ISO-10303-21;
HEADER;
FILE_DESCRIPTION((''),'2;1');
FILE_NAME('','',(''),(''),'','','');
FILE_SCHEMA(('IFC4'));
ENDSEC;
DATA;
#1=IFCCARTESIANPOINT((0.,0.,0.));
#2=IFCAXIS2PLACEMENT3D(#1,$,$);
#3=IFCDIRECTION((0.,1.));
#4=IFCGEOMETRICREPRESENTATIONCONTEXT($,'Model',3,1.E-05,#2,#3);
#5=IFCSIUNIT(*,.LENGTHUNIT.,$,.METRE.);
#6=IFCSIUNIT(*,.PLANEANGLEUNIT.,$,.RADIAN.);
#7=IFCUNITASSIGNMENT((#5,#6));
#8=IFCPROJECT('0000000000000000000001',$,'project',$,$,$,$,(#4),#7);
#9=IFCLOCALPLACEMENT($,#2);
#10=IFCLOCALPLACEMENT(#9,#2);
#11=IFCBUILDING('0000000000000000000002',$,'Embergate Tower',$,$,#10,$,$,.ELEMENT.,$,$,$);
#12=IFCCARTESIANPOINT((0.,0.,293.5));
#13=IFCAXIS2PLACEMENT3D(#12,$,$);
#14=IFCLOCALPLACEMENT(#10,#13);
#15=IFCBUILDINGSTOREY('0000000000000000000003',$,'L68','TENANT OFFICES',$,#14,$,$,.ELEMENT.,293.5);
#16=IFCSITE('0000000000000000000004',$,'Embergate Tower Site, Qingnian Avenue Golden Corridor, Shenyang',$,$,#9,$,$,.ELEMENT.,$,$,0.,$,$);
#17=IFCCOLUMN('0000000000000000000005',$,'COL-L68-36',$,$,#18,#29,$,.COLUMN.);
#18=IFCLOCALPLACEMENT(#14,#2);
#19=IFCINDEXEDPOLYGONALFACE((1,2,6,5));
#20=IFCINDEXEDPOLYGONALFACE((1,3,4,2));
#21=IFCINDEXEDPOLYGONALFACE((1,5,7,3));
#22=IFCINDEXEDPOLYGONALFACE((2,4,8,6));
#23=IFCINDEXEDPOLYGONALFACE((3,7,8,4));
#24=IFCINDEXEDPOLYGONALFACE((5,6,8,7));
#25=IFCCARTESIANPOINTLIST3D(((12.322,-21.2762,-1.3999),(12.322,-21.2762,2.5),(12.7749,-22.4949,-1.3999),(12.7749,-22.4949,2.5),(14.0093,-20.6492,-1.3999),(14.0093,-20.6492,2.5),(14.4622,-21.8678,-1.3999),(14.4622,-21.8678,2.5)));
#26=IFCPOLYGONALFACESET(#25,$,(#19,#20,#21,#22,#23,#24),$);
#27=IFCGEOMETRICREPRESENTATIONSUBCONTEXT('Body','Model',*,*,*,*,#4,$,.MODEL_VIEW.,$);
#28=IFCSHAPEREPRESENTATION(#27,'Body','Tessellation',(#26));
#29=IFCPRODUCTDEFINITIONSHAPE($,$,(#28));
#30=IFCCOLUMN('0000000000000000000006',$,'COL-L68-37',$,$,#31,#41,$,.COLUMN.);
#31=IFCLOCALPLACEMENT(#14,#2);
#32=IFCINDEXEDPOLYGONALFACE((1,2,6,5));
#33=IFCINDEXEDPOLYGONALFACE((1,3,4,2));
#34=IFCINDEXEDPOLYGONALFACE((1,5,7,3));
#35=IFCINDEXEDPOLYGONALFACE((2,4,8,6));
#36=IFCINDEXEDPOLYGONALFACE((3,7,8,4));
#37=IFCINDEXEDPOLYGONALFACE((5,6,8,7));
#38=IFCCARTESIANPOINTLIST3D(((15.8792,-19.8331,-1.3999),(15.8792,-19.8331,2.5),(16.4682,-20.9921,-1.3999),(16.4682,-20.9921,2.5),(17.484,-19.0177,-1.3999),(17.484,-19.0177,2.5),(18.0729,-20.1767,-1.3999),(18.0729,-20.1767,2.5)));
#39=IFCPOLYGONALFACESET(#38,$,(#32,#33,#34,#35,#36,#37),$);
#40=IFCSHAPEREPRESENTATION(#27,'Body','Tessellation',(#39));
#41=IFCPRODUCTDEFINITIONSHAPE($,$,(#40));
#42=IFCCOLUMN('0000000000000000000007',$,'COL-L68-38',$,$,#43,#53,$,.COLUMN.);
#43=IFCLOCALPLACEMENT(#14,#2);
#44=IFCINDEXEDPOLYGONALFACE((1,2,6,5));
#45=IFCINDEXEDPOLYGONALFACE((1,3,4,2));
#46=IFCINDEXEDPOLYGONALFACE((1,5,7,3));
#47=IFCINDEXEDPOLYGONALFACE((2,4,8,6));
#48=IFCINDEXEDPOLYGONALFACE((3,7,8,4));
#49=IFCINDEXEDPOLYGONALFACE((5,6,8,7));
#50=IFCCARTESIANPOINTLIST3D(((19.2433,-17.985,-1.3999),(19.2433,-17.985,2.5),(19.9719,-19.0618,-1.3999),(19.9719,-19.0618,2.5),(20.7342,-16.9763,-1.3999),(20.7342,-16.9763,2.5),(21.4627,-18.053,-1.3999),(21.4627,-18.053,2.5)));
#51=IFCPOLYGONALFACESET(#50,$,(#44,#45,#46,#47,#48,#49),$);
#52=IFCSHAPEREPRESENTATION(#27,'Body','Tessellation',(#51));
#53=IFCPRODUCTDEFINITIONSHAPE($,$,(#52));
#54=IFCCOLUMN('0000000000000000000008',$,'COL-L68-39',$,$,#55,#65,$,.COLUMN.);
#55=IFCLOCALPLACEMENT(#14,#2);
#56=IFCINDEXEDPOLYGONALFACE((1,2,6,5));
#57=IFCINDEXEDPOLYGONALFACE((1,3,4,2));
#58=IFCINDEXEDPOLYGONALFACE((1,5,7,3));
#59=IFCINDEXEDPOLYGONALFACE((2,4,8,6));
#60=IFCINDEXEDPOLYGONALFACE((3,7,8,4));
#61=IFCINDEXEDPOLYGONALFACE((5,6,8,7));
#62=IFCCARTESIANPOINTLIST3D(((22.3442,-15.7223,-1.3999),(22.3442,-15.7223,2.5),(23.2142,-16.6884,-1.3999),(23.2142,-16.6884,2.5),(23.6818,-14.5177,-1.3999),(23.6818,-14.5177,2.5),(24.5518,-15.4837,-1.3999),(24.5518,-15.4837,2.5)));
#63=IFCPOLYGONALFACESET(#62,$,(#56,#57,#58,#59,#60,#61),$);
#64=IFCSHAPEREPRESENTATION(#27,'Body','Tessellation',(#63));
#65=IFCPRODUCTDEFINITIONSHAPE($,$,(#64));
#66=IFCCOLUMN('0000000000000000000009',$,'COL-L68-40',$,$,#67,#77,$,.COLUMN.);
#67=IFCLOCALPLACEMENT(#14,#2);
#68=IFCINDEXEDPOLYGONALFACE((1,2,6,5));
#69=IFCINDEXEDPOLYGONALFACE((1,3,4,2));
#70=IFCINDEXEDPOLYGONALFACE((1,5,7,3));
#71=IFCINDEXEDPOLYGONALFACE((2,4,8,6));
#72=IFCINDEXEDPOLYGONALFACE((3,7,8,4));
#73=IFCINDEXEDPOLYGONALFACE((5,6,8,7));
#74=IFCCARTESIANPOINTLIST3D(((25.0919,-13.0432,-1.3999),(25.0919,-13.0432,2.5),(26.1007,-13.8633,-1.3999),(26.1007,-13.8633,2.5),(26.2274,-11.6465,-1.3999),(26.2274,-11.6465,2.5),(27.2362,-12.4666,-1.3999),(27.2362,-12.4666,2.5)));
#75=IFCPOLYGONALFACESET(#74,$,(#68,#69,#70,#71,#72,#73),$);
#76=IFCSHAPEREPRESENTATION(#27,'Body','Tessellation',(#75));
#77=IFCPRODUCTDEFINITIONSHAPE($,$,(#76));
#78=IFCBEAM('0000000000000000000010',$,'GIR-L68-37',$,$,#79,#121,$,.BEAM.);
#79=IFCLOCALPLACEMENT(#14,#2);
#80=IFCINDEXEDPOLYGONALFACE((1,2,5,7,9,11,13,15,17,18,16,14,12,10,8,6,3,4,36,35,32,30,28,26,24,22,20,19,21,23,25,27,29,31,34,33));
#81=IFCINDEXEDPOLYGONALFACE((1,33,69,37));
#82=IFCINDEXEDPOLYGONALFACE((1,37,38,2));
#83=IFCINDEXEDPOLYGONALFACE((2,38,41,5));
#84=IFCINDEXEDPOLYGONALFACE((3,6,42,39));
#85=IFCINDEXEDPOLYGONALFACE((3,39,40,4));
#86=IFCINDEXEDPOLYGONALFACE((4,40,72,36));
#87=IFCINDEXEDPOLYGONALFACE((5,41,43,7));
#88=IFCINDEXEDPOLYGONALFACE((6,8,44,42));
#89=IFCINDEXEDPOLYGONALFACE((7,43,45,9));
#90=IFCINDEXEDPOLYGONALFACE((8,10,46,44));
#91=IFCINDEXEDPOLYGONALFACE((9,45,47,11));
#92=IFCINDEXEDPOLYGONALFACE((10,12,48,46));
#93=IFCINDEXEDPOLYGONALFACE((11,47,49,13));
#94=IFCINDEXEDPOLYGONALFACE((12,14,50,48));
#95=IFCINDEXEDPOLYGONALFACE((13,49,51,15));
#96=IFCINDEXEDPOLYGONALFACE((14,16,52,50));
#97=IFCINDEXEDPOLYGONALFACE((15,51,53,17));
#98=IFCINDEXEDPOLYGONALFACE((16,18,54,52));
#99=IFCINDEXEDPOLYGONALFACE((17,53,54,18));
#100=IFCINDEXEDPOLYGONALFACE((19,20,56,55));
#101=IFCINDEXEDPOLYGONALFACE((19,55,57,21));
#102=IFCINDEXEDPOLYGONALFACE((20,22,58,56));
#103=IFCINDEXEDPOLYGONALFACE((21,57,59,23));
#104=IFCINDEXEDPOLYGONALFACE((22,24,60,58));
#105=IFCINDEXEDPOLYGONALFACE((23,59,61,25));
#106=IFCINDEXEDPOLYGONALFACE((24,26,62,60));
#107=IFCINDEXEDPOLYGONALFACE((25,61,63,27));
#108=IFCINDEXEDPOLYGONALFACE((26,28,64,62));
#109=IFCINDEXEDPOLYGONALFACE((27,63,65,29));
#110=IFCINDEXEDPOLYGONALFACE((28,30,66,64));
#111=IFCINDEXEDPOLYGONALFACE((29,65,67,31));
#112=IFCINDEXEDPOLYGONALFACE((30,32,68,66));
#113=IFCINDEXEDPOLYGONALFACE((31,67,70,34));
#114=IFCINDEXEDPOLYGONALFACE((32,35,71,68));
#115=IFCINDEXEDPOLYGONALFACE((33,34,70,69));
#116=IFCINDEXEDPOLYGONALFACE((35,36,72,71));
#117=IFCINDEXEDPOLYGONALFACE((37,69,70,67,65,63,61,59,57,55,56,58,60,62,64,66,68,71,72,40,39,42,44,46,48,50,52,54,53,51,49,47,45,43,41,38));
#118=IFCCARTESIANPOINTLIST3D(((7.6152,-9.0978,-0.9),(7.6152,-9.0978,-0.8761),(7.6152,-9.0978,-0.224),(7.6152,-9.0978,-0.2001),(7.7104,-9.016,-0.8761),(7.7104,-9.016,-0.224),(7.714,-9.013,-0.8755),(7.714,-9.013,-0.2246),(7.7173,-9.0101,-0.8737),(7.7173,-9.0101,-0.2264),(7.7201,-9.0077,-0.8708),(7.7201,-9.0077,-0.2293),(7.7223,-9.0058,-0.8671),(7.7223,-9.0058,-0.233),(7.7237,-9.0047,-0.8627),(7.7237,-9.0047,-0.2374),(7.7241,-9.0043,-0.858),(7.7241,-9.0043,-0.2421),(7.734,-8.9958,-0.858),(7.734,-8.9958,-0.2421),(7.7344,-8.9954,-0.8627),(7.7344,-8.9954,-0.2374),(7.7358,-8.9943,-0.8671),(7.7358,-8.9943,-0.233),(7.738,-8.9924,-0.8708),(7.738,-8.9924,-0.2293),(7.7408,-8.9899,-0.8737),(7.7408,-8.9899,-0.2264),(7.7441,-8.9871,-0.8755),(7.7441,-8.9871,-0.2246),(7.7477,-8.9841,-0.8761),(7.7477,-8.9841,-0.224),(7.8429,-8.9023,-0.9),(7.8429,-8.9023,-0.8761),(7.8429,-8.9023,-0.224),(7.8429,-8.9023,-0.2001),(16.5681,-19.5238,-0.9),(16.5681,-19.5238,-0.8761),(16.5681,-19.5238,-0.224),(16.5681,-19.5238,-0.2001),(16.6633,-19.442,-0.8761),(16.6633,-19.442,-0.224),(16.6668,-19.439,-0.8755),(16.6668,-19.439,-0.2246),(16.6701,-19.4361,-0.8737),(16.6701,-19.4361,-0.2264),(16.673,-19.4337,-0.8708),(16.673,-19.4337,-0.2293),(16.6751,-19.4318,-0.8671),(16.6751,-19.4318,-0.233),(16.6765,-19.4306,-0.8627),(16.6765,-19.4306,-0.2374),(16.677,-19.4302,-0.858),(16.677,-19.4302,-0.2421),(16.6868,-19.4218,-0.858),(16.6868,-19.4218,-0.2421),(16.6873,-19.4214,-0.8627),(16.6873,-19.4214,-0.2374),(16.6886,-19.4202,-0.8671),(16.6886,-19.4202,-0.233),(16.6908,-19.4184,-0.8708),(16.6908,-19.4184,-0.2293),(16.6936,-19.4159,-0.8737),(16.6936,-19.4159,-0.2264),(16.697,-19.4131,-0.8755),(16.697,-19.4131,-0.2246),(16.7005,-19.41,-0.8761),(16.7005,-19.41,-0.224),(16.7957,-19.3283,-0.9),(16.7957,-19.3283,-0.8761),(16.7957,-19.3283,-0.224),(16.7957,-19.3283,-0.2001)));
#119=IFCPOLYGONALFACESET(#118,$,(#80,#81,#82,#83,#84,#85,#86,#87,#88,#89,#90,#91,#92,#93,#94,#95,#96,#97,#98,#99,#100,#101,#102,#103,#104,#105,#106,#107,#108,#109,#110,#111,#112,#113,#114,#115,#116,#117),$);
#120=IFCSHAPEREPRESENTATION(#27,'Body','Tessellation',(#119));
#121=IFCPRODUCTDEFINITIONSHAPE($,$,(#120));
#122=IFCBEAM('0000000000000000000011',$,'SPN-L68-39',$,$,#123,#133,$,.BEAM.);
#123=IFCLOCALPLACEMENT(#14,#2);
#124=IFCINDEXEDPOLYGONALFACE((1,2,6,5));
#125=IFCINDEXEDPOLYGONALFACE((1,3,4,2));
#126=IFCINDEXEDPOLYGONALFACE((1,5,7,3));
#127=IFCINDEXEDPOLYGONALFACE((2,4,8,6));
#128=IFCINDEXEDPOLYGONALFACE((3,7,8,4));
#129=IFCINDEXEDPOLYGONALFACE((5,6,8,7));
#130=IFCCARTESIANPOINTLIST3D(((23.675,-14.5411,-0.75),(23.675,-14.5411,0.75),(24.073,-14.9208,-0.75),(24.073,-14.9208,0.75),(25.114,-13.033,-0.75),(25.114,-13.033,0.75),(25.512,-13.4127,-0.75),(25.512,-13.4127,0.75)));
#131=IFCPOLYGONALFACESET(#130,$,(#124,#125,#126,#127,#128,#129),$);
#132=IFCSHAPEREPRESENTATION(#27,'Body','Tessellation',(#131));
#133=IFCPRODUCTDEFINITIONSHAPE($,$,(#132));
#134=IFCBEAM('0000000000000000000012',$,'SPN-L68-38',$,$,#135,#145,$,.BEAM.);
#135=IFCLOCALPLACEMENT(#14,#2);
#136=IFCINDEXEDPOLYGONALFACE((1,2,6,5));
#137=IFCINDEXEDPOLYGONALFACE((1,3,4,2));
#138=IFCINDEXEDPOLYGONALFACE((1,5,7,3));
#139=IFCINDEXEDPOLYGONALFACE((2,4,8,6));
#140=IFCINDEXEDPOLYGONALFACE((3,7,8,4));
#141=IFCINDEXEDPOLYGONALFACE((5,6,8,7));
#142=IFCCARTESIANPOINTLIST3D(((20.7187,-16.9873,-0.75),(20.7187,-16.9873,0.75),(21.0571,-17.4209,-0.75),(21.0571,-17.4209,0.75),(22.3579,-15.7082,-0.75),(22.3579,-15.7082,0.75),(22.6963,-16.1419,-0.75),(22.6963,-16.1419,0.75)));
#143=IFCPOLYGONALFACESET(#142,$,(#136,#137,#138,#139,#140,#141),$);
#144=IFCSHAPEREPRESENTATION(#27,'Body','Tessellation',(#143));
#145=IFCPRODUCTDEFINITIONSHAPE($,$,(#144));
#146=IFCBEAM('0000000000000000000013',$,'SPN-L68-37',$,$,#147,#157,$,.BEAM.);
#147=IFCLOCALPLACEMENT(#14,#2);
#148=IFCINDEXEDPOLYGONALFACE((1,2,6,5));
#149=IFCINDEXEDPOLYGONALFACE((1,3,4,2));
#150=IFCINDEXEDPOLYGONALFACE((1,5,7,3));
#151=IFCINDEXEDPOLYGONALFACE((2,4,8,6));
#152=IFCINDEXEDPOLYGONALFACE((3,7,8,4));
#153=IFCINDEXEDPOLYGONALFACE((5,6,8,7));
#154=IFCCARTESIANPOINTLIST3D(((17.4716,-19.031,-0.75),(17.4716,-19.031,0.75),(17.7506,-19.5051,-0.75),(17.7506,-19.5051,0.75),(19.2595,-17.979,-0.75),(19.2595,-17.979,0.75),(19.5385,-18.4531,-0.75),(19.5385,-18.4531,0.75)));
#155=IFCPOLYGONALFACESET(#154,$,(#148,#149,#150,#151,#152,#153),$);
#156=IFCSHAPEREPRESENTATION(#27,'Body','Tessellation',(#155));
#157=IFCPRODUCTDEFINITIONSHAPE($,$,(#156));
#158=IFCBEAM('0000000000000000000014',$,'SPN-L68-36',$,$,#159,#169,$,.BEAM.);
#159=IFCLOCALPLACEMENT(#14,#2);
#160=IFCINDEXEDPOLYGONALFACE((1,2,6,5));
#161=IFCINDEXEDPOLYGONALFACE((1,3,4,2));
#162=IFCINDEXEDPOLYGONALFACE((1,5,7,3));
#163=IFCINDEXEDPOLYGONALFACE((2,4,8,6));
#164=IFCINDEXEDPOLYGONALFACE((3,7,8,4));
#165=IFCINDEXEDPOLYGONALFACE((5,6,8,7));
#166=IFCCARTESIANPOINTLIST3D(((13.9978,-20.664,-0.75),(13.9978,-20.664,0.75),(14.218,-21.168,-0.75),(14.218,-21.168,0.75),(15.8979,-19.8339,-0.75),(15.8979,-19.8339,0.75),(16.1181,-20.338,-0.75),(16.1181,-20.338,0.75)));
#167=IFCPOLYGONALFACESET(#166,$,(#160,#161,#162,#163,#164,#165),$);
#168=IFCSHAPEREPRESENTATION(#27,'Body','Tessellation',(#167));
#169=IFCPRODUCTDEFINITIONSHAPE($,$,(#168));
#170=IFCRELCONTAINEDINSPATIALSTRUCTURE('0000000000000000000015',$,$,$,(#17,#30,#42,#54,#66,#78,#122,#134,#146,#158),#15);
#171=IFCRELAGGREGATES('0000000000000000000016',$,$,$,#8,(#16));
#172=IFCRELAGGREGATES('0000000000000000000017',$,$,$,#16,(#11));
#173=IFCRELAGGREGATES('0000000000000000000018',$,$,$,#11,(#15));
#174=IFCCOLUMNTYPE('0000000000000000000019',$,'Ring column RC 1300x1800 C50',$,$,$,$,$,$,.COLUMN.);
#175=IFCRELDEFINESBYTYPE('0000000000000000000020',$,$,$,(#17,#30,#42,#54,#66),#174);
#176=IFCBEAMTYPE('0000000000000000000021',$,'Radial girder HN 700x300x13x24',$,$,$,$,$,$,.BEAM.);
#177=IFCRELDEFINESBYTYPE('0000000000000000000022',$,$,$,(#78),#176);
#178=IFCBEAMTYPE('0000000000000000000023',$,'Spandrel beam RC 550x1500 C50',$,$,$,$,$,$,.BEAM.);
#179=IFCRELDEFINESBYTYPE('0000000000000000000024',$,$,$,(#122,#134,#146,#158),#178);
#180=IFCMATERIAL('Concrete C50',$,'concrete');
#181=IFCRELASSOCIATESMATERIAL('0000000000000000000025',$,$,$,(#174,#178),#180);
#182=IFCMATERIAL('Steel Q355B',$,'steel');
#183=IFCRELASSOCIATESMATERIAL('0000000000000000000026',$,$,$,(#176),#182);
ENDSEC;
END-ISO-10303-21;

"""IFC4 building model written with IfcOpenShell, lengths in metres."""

from ifc_helpers import new_model, si_unit, direction, frame, origin, origin_2d, place, context, subcontext, project, spatial, rectangle, i_section, extrude, source, transform, mapped, material, material_profile, profile_set, type_object, element, save


model = new_model("IFC4")

# Units and contexts
model_context = context("Model", 3, precision=1e-05, world=origin(), true_north=direction((0.0, 1.0)))
body_context = subcontext(model_context, "Body", "Model", "MODEL_VIEW")
ifc_project = project(units=[si_unit("LENGTHUNIT", "METRE"), si_unit("PLANEANGLEUNIT", "RADIAN")], contexts=[model_context])

# Site, building, storey
site_placement = place(None, origin())
site = spatial("IfcSite", under=ifc_project, at=site_placement, Name="Embergate Tower Site, Qingnian Avenue Golden Corridor, Shenyang", CompositionType="ELEMENT", RefElevation=0.0)
building_placement = place(site_placement, origin())
building = spatial("IfcBuilding", under=site, at=building_placement, Name="Embergate Tower", CompositionType="ELEMENT")
storey_placement = place(building_placement, frame((0.0, 0.0, 293.5)))
storey = spatial("IfcBuildingStorey", under=building, at=storey_placement, Name="L68", Description="TENANT OFFICES", CompositionType="ELEMENT", Elevation=293.5)

# Columns
ifc_material_1 = material(Name="Concrete C50", Category="concrete")
ifc_material_profile_1 = material_profile(ifc_material_1, rectangle(XDim=1.3, YDim=1.8, at=origin_2d()), Name="RC 1300x1800")
ifc_profile_set_1 = profile_set([ifc_material_profile_1], Name="Concrete C50")
column_type = type_object("IfcColumnType", Name="Ring column RC 1300x1800 C50", PredefinedType="COLUMN", material=ifc_profile_set_1)
shared_shape_1 = source(origin(), body_context, "Body", "SweptSolid", [
    extrude(rectangle(XDim=1.3, YDim=1.8, at=origin_2d()), origin(), (0.0, 0.0, 1.0), 3.8999),
])
for number, where, z_axis, x_axis, name in (
    (1, (13.3921, -21.572, -1.3999), (0.0, 0.0, 1.0), (0.348343, -0.937367, 0.0), "COL-L68-36"),
    (2, (16.9761, -20.0049, -1.3999), (0.0, 0.0, 1.0), (0.453011, -0.891505, 0.0), "COL-L68-37"),
    (3, (20.353, -18.019, -1.3999), (0.0, 0.0, 1.0), (0.560393, -0.828227, 0.0), "COL-L68-38"),
    (4, (23.448, -15.603, -1.3999), (0.0, 0.0, 1.0), (0.669221, -0.743063, 0.0), "COL-L68-39"),
    (5, (26.1641, -12.7549, -1.3999), (0.0, 0.0, 1.0), (0.775925, -0.630825, 0.0), "COL-L68-40"),
):
    element("IfcColumn", number, at=place(storey_placement, frame(where, z_axis=z_axis, x_axis=x_axis)), inside=storey, type_object=column_type, Name=name, PredefinedType="COLUMN", context=body_context, shape_type="MappedRepresentation", body=[
        mapped(shared_shape_1, transform((0.0, 0.0, 0.0))),
    ])

# Beams
ifc_material_2 = material(Name="Steel Q355B", Category="steel")
ifc_material_profile_2 = material_profile(ifc_material_2, i_section(OverallWidth=0.3, OverallDepth=0.7, WebThickness=0.0129, FlangeThickness=0.0239, FilletRadius=0.0181, at=origin_2d()), Name="HN 700x300x13x24")
ifc_profile_set_2 = profile_set([ifc_material_profile_2], Name="Steel Q355 grade B")
beam_type_1 = type_object("IfcBeamType", Name="Radial girder HN 700x300x13x24", PredefinedType="BEAM", material=ifc_profile_set_2)
shared_shape_2 = source(origin(), body_context, "Body", "SweptSolid", [
    extrude(i_section(OverallWidth=0.3, OverallDepth=0.7, WebThickness=0.0129, FlangeThickness=0.0239, FilletRadius=0.0181, at=origin_2d()), origin(), (0.0, 0.0, 1.0), 13.7424),
])
beam_1_placement = place(storey_placement, frame((16.6819, -19.426, -0.55), z_axis=(-0.651474, 0.758671, 0.0), x_axis=(-0.758671, -0.651474, 0.0)))
element("IfcBeam", 6, at=beam_1_placement, inside=storey, type_object=beam_type_1, Name="GIR-L68-37", PredefinedType="BEAM", context=body_context, shape_type="MappedRepresentation", body=[
    mapped(shared_shape_2, transform((0.0, 0.0, 0.0))),
])
ifc_material_profile_3 = material_profile(ifc_material_1, rectangle(XDim=0.55, YDim=1.5, at=origin_2d()), Name="RC 550x1500")
ifc_profile_set_3 = profile_set([ifc_material_profile_3], Name="Concrete C50")
beam_type_2 = type_object("IfcBeamType", Name="Spandrel beam RC 550x1500 C50", PredefinedType="BEAM", material=ifc_profile_set_3)
shared_shape_3 = source(origin(), body_context, "Body", "SweptSolid", [
    extrude(rectangle(XDim=0.55, YDim=1.5, at=origin_2d()), origin(), (0.0, 0.0, 1.0), 2.0845),
])
beam_2_placement = place(storey_placement, frame((23.874, -14.731, 0.0), z_axis=(0.690339, 0.723486, 0.0), x_axis=(-0.723486, 0.690339, 0.0)))
element("IfcBeam", 7, at=beam_2_placement, inside=storey, type_object=beam_type_2, Name="SPN-L68-39", PredefinedType="BEAM", context=body_context, shape_type="MappedRepresentation", body=[
    mapped(shared_shape_3, transform((0.0, 0.0, 0.0))),
])
shared_shape_4 = source(origin(), body_context, "Body", "SweptSolid", [
    extrude(rectangle(XDim=0.55, YDim=1.5, at=origin_2d()), origin(), (0.0, 0.0, 1.0), 2.0791),
])
beam_3_placement = place(storey_placement, frame((20.8879, -17.2041, 0.0), z_axis=(0.788384, 0.615184, 0.0), x_axis=(-0.615184, 0.788384, 0.0)))
element("IfcBeam", 8, at=beam_3_placement, inside=storey, type_object=beam_type_2, Name="SPN-L68-38", PredefinedType="BEAM", context=body_context, shape_type="MappedRepresentation", body=[
    mapped(shared_shape_4, transform((0.0, 0.0, 0.0))),
])
shared_shape_5 = source(origin(), body_context, "Body", "SweptSolid", [
    extrude(rectangle(XDim=0.55, YDim=1.5, at=origin_2d()), origin(), (0.0, 0.0, 1.0), 2.0745),
])
beam_4_placement = place(storey_placement, frame((17.6111, -19.2681, 0.0), z_axis=(0.861865, 0.507138, 0.0), x_axis=(-0.507138, 0.861865, 0.0)))
element("IfcBeam", 9, at=beam_4_placement, inside=storey, type_object=beam_type_2, Name="SPN-L68-37", PredefinedType="BEAM", context=body_context, shape_type="MappedRepresentation", body=[
    mapped(shared_shape_5, transform((0.0, 0.0, 0.0))),
])
shared_shape_6 = source(origin(), body_context, "Body", "SweptSolid", [
    extrude(rectangle(XDim=0.55, YDim=1.5, at=origin_2d()), origin(), (0.0, 0.0, 1.0), 2.0735),
])
beam_5_placement = place(storey_placement, frame((14.1079, -20.916, 0.0), z_axis=(0.916376, 0.400318, 0.0), x_axis=(-0.400318, 0.916376, 0.0)))
element("IfcBeam", 10, at=beam_5_placement, inside=storey, type_object=beam_type_2, Name="SPN-L68-36", PredefinedType="BEAM", context=body_context, shape_type="MappedRepresentation", body=[
    mapped(shared_shape_6, transform((0.0, 0.0, 0.0))),
])

save(model, "model.ifc")
